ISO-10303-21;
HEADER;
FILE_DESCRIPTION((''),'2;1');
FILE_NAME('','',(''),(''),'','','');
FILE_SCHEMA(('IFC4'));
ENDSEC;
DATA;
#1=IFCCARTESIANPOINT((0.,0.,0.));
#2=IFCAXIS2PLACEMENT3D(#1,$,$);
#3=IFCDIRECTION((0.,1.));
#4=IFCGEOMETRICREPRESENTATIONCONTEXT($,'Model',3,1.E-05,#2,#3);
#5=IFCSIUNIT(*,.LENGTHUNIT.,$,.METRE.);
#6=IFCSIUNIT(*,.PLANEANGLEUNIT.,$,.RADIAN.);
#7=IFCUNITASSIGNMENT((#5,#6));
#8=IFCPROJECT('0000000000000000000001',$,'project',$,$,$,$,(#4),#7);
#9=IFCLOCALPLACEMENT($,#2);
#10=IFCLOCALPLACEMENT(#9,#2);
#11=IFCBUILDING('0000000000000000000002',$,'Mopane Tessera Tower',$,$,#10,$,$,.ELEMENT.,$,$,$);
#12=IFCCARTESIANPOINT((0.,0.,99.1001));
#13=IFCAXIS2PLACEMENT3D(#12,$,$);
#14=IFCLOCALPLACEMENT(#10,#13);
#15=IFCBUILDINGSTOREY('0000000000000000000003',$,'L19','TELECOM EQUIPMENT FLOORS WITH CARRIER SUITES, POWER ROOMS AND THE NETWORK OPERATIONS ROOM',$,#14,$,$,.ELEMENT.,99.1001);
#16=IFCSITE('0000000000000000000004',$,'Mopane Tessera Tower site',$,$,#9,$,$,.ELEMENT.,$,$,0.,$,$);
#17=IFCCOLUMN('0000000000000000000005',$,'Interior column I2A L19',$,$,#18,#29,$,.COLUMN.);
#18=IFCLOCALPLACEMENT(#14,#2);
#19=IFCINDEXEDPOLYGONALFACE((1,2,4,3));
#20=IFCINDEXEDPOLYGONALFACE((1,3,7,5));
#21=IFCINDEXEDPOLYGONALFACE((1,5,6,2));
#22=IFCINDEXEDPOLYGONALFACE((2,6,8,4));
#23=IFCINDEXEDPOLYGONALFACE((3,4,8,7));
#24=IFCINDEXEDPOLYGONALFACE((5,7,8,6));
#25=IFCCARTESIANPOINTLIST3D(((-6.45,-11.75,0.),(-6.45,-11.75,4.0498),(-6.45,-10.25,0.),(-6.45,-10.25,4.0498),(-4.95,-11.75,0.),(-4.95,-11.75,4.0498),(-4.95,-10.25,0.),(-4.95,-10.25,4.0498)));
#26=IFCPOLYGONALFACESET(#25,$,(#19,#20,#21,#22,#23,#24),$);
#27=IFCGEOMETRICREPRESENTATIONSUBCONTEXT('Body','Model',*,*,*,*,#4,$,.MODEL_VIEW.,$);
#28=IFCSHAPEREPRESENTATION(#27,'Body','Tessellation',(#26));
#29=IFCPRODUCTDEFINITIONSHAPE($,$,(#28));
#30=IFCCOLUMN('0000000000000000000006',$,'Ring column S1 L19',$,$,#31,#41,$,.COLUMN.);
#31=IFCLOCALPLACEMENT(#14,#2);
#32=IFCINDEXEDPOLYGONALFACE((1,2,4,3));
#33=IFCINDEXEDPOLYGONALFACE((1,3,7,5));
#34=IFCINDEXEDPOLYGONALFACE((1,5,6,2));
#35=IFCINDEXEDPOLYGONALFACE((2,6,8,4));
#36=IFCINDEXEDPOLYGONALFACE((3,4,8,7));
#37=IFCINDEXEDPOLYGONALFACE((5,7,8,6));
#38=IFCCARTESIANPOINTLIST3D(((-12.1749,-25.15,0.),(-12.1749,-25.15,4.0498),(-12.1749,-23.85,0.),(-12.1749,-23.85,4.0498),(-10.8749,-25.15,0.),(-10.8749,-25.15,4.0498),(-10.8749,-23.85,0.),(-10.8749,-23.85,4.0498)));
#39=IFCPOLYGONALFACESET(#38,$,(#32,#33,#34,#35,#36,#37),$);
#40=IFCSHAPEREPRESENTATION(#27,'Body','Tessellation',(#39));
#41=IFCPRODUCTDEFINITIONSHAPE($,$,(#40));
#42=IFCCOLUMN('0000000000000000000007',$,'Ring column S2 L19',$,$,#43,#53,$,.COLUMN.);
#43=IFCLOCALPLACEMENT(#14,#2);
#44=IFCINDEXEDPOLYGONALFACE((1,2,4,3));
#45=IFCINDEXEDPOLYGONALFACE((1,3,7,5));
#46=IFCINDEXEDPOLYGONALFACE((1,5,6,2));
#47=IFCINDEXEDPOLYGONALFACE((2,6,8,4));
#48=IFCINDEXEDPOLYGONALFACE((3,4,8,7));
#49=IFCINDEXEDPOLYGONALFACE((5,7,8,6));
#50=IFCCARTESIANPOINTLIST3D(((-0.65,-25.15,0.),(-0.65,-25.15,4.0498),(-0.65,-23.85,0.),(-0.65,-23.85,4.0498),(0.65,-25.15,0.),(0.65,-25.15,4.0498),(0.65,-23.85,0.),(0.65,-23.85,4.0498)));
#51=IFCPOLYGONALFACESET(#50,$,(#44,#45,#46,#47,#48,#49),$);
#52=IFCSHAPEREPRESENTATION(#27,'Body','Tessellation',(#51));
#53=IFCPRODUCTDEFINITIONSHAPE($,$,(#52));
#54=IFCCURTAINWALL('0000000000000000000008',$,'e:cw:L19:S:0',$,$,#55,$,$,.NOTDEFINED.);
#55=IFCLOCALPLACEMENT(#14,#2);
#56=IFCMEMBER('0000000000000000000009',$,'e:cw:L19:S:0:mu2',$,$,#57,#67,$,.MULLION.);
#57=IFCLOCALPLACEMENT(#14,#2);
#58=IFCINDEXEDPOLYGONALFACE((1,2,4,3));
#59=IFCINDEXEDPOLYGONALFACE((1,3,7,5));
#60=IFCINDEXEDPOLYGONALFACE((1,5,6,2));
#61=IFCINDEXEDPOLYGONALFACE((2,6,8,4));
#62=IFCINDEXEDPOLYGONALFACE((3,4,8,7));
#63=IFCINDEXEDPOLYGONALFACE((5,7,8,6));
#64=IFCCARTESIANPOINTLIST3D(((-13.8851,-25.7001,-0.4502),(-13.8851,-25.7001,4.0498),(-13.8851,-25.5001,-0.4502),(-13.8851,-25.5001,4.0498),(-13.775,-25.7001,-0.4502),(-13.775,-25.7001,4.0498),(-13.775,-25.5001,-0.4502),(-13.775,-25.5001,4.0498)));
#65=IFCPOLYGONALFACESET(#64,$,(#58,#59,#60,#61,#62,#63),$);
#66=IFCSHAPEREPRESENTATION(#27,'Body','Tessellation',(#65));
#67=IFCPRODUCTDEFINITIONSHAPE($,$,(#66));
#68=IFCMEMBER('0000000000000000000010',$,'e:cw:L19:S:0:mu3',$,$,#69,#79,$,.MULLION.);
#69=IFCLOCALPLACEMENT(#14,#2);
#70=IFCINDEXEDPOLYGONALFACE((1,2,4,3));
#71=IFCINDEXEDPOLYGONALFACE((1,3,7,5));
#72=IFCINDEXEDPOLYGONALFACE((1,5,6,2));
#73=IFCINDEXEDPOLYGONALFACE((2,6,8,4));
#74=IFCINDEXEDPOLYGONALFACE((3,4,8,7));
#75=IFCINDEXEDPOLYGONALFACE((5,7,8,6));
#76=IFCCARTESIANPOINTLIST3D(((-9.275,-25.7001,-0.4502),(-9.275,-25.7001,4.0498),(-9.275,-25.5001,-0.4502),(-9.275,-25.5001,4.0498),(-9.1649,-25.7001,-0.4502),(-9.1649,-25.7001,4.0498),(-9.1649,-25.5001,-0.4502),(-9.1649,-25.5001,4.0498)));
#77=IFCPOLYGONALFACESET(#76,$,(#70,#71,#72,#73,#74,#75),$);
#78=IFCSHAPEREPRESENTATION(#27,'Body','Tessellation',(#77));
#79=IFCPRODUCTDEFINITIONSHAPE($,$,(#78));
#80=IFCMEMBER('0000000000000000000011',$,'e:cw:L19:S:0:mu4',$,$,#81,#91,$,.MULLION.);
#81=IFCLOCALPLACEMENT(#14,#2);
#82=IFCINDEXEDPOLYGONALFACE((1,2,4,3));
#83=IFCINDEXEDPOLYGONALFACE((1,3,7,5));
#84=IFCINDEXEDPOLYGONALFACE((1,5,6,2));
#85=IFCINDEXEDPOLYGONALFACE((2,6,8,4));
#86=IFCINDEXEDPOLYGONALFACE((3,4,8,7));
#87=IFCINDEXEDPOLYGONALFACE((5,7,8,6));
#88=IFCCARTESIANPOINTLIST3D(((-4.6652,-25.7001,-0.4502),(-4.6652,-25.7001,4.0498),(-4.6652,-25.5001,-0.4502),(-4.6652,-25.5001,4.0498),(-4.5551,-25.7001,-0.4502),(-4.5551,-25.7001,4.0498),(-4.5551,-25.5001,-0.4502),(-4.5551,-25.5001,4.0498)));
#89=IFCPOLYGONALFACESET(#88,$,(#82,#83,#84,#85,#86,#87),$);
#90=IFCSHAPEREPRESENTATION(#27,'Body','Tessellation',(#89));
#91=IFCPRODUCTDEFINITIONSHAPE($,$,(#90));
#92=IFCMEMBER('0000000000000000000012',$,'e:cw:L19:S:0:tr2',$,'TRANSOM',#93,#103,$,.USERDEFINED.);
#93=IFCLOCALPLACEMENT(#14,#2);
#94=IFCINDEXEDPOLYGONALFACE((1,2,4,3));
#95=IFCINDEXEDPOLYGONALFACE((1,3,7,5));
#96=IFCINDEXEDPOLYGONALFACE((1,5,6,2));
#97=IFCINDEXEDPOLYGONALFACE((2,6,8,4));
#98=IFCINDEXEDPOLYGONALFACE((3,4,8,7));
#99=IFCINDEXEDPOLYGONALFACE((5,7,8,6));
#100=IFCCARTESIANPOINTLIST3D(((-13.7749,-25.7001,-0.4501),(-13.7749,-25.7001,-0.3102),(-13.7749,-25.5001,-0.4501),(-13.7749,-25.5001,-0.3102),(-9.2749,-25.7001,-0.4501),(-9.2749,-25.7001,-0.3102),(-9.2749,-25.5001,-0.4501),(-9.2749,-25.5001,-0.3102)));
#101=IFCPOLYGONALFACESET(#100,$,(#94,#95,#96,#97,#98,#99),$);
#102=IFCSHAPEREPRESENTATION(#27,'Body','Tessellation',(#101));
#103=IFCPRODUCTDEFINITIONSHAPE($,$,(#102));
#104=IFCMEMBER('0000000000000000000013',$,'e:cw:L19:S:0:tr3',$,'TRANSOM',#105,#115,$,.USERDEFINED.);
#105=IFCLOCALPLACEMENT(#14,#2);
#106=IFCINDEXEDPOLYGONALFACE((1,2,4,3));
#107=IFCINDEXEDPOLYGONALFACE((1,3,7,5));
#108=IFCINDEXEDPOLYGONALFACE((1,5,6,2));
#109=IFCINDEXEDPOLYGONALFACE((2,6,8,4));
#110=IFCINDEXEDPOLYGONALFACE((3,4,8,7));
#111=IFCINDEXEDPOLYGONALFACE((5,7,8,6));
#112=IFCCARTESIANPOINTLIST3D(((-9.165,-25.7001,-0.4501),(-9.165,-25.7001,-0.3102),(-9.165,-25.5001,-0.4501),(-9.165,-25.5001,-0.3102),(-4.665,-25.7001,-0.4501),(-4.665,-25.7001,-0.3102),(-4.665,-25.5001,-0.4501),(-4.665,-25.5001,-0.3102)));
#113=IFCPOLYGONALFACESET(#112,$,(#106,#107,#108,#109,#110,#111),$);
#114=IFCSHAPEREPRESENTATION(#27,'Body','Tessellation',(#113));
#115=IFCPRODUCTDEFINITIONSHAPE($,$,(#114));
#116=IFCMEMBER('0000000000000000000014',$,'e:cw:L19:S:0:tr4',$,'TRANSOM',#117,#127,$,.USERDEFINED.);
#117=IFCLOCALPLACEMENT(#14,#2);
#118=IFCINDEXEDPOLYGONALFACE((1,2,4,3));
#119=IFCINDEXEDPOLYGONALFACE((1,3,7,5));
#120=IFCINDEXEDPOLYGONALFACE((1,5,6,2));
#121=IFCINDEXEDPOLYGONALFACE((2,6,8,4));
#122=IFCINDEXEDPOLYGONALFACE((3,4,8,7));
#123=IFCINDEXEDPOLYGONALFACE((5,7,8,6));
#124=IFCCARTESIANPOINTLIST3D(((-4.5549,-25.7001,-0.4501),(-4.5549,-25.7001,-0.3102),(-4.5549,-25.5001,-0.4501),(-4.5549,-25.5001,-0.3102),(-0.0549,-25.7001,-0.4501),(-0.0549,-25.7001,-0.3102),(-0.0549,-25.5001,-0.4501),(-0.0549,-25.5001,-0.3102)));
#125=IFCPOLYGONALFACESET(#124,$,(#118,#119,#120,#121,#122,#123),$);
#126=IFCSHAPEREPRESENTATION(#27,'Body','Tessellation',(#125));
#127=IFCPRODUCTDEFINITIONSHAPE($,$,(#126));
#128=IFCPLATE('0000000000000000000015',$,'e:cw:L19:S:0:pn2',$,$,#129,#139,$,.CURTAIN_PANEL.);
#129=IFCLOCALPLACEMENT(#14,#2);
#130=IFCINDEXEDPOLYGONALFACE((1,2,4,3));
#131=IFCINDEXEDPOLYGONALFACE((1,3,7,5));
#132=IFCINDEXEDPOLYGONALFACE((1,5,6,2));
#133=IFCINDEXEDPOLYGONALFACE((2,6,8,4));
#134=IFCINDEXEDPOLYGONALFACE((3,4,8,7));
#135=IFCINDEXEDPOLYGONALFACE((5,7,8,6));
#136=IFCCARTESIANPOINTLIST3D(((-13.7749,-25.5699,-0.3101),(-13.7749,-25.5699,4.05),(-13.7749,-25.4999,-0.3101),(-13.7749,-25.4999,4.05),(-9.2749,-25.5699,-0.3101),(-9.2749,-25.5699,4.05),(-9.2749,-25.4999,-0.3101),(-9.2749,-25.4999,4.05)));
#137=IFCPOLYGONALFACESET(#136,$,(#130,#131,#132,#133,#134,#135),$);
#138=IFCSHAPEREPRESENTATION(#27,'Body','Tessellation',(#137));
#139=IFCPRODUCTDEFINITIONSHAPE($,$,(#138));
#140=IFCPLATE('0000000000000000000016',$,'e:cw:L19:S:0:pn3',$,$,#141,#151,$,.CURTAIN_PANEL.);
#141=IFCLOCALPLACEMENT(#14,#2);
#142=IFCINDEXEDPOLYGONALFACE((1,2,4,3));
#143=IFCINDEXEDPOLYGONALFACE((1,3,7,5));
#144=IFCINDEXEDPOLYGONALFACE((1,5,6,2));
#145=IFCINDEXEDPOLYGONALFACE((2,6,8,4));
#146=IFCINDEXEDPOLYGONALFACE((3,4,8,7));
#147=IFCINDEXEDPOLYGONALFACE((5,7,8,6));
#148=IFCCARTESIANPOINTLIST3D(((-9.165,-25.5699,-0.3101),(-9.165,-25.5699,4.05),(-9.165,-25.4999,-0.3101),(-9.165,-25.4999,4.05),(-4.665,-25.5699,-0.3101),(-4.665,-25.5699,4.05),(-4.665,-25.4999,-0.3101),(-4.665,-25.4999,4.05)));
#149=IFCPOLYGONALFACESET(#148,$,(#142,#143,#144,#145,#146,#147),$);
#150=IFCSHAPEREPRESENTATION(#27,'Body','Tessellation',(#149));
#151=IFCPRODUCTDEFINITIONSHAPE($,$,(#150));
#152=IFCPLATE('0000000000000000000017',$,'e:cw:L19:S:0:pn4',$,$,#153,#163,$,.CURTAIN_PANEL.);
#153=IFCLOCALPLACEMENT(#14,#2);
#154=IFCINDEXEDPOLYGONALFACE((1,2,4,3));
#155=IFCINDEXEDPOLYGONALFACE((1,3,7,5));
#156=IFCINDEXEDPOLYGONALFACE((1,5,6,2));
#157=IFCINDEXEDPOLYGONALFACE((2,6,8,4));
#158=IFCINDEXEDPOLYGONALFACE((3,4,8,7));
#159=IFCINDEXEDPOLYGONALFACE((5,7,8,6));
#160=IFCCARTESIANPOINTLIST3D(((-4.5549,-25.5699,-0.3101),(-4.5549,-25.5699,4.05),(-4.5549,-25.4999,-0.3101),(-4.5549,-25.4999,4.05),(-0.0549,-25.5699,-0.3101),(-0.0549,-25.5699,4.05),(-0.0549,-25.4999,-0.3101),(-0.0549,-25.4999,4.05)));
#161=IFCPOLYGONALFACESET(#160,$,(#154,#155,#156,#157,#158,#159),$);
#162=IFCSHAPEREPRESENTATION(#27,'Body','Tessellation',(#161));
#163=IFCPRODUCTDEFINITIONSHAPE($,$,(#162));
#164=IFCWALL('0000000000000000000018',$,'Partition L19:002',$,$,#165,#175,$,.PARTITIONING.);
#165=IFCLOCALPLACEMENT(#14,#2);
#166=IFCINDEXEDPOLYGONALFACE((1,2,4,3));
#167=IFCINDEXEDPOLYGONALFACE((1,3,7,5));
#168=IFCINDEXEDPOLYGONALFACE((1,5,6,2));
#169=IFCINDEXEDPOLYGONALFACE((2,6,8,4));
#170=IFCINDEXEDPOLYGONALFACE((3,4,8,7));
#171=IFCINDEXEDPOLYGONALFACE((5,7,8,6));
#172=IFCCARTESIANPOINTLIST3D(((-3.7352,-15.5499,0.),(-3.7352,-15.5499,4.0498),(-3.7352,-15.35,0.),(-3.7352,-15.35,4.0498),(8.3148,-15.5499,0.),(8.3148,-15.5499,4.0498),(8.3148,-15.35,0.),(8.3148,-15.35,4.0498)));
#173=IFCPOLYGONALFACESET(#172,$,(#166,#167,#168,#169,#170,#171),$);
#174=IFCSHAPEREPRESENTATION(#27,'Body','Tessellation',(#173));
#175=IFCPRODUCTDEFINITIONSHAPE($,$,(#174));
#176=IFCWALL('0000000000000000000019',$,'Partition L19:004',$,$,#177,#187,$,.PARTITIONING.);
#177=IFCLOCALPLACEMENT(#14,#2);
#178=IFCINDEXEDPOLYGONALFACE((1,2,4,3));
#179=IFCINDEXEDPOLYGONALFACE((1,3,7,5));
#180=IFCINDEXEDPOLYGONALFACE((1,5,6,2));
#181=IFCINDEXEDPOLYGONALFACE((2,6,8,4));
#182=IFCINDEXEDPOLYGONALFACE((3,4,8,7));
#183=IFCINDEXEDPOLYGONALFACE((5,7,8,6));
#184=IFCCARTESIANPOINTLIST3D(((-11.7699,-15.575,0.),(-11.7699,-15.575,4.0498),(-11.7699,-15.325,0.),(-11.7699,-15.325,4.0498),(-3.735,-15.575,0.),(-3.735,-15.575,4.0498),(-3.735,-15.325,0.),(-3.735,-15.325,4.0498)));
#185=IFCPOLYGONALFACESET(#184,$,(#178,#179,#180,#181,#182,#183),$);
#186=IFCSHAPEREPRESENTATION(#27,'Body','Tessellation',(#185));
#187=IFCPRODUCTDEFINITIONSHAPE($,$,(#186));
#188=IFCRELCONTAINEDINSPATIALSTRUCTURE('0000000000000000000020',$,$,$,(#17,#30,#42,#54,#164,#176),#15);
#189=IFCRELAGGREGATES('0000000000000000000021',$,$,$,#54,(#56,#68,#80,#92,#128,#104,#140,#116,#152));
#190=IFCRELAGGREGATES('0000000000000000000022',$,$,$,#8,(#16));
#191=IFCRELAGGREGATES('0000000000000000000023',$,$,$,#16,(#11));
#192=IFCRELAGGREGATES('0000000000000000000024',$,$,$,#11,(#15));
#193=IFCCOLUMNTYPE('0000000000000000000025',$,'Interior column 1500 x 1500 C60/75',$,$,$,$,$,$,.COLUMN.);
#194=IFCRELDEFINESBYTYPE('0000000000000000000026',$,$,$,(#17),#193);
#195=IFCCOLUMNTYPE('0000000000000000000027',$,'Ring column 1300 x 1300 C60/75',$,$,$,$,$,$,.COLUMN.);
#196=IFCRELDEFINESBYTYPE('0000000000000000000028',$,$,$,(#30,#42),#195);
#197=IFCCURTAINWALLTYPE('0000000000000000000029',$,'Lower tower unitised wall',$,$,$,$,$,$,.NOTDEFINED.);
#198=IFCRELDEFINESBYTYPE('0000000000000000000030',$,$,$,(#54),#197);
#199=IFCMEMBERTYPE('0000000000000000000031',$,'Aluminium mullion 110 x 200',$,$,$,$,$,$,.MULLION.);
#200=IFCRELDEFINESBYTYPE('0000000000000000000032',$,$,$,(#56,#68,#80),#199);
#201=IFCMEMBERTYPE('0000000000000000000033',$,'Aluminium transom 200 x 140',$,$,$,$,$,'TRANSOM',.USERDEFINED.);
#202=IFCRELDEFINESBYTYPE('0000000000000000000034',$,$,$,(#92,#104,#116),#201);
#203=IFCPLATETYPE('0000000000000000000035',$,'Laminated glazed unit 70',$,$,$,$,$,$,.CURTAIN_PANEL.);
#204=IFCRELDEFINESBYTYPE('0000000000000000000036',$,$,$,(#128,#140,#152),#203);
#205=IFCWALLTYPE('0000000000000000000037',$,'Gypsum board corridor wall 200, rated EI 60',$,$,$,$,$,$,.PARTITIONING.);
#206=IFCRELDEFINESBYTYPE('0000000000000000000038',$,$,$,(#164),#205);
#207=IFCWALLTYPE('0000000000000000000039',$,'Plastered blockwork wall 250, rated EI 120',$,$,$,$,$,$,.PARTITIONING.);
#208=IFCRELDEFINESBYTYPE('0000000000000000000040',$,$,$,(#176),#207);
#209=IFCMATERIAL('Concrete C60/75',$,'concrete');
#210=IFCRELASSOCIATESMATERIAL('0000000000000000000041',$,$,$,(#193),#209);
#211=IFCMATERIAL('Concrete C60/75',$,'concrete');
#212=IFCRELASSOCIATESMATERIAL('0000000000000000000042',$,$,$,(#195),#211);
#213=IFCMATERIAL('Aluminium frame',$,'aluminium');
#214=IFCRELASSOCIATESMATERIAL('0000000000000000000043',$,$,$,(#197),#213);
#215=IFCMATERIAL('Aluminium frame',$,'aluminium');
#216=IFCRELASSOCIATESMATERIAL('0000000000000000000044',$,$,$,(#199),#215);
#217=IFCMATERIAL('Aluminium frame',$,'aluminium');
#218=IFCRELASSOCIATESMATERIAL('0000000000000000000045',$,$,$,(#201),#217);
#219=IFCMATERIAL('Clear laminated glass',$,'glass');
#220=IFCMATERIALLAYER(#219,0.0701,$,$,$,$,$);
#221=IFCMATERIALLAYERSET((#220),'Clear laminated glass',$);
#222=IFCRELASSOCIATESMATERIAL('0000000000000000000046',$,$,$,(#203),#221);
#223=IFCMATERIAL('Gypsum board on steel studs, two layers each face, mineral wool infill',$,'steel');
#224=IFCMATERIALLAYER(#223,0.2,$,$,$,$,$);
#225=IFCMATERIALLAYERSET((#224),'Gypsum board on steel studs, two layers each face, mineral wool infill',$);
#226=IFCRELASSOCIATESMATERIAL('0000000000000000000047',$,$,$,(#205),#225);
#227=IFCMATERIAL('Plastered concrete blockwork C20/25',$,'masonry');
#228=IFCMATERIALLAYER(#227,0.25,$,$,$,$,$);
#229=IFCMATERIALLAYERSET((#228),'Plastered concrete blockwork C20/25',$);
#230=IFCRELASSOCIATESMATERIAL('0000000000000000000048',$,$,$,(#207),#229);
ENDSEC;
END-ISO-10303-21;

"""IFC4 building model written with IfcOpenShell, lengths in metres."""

from ifc_helpers import new_model, si_unit, direction, frame, frame_2d, origin, origin_2d, place, context, subcontext, project, spatial, rectangle, extrude, material, layer, layer_set, material_profile, profile_set, type_object, element, aggregate, save


model = new_model("IFC4")

# Units and contexts
model_context = context("Model", 3, precision=1e-05, world=origin(), true_north=direction((0.0, 1.0)))
body_context = subcontext(model_context, "Body", "Model", "MODEL_VIEW")
ifc_project = project(units=[si_unit("LENGTHUNIT", "METRE"), si_unit("PLANEANGLEUNIT", "RADIAN")], contexts=[model_context])

# Site, building, storey
site_placement = place(None, origin())
site = spatial("IfcSite", under=ifc_project, at=site_placement, Name="Mopane Tessera Tower site", CompositionType="ELEMENT", RefElevation=0.0)
building_placement = place(site_placement, origin())
building = spatial("IfcBuilding", under=site, at=building_placement, Name="Mopane Tessera Tower", CompositionType="ELEMENT")
storey_placement = place(building_placement, frame((0.0, 0.0, 99.1001)))
storey = spatial("IfcBuildingStorey", under=building, at=storey_placement, Name="L19", Description="TELECOM EQUIPMENT FLOORS WITH CARRIER SUITES, POWER ROOMS AND THE NETWORK OPERATIONS ROOM", CompositionType="ELEMENT", Elevation=99.1001)

# Columns
ifc_material_1 = material(Name="Concrete C60/75", Category="concrete")
ifc_material_profile_1 = material_profile(ifc_material_1, rectangle(XDim=1.5, YDim=1.5, at=origin_2d()))
ifc_profile_set_1 = profile_set([ifc_material_profile_1], Name="Concrete C60/75")
column_type_1 = type_object("IfcColumnType", Name="Interior column 1500 x 1500 C60/75", PredefinedType="COLUMN", material=ifc_profile_set_1)
column_placement = place(storey_placement, frame((-5.7, -11.0, 0.0), z_axis=(0.0, 0.0, 1.0), x_axis=(1.0, 0.0, 0.0)))
element("IfcColumn", 1, at=column_placement, inside=storey, type_object=column_type_1, Name="Interior column I2A L19", PredefinedType="COLUMN", context=body_context, shape_type="SweptSolid", body=[
    extrude(rectangle(XDim=1.5, YDim=1.5, at=origin_2d()), origin(), (0.0, 0.0, 1.0), 4.0498),
])
ifc_material_2 = material(Name="Concrete C60/75", Category="concrete")
ifc_material_profile_2 = material_profile(ifc_material_2, rectangle(XDim=1.3, YDim=1.3, at=origin_2d()))
ifc_profile_set_2 = profile_set([ifc_material_profile_2], Name="Concrete C60/75")
column_type_2 = type_object("IfcColumnType", Name="Ring column 1300 x 1300 C60/75", PredefinedType="COLUMN", material=ifc_profile_set_2)
for number, where, z_axis, x_axis, name in (
    (2, (-11.5249, -24.5, 0.0), (0.0, 0.0, 1.0), (1.0, 0.0, 0.0), "Ring column S1 L19"),
    (3, (0.0, -24.5, 0.0), (0.0, 0.0, 1.0), (1.0, 0.0, 0.0), "Ring column S2 L19"),
):
    element("IfcColumn", number, at=place(storey_placement, frame(where, z_axis=z_axis, x_axis=x_axis)), inside=storey, type_object=column_type_2, Name=name, PredefinedType="COLUMN", context=body_context, shape_type="SweptSolid", body=[
        extrude(rectangle(XDim=1.3, YDim=1.3, at=origin_2d()), origin(), (0.0, 0.0, 1.0), 4.0498),
    ])

# Curtain wall, members, plates
ifc_material_3 = material(Name="Aluminium frame", Category="aluminium")
curtain_wall_type = type_object("IfcCurtainWallType", Name="Lower tower unitised wall", PredefinedType="NOTDEFINED", material=ifc_material_3)
curtain_wall_placement = place(storey_placement, origin())
curtain_wall = element("IfcCurtainWall", 4, at=curtain_wall_placement, inside=storey, type_object=curtain_wall_type, Name="e:cw:L19:S:0", PredefinedType="NOTDEFINED")
ifc_material_4 = material(Name="Aluminium frame", Category="aluminium")
ifc_material_profile_3 = material_profile(ifc_material_4, rectangle(XDim=0.1101, YDim=0.2, at=origin_2d()))
ifc_profile_set_3 = profile_set([ifc_material_profile_3], Name="Aluminium frame")
member_type_1 = type_object("IfcMemberType", Name="Aluminium mullion 110 x 200", PredefinedType="MULLION", material=ifc_profile_set_3)
member_1_placement = place(storey_placement, frame((-13.8301, -25.6001, -0.4502), z_axis=(0.0, 0.0, 1.0), x_axis=(1.0, 0.0, 0.0)))
member_1 = element("IfcMember", 5, at=member_1_placement, type_object=member_type_1, Name="e:cw:L19:S:0:mu2", PredefinedType="MULLION", context=body_context, shape_type="SweptSolid", body=[
    extrude(rectangle(XDim=0.1101, YDim=0.2, at=origin_2d()), origin(), (0.0, 0.0, 1.0), 4.5),
])
member_2_placement = place(storey_placement, frame((-9.22, -25.6001, -0.4502), z_axis=(0.0, 0.0, 1.0), x_axis=(1.0, 0.0, 0.0)))
member_2 = element("IfcMember", 6, at=member_2_placement, type_object=member_type_1, Name="e:cw:L19:S:0:mu3", PredefinedType="MULLION", context=body_context, shape_type="SweptSolid", body=[
    extrude(rectangle(XDim=0.1101, YDim=0.2, at=origin_2d()), origin(), (0.0, 0.0, 1.0), 4.5),
])
member_3_placement = place(storey_placement, frame((-4.6101, -25.6001, -0.4502), z_axis=(0.0, 0.0, 1.0), x_axis=(1.0, 0.0, 0.0)))
member_3 = element("IfcMember", 7, at=member_3_placement, type_object=member_type_1, Name="e:cw:L19:S:0:mu4", PredefinedType="MULLION", context=body_context, shape_type="SweptSolid", body=[
    extrude(rectangle(XDim=0.1101, YDim=0.2, at=origin_2d()), origin(), (0.0, 0.0, 1.0), 4.5),
])
ifc_material_5 = material(Name="Aluminium frame", Category="aluminium")
ifc_material_profile_4 = material_profile(ifc_material_5, rectangle(XDim=0.2, YDim=0.1399, at=origin_2d()))
ifc_profile_set_4 = profile_set([ifc_material_profile_4], Name="Aluminium frame")
member_type_2 = type_object("IfcMemberType", Name="Aluminium transom 200 x 140", ElementType="TRANSOM", PredefinedType="USERDEFINED", material=ifc_profile_set_4)
member_4_placement = place(storey_placement, frame((-13.7749, -25.6001, -0.3801), z_axis=(1.0, 0.0, 0.0), x_axis=(0.0, 1.0, 0.0)))
member_4 = element("IfcMember", 8, at=member_4_placement, type_object=member_type_2, Name="e:cw:L19:S:0:tr2", ObjectType="TRANSOM", PredefinedType="USERDEFINED", context=body_context, shape_type="SweptSolid", body=[
    extrude(rectangle(XDim=0.2, YDim=0.1399, at=origin_2d()), origin(), (0.0, 0.0, 1.0), 4.5),
])
member_5_placement = place(storey_placement, frame((-9.165, -25.6001, -0.3801), z_axis=(1.0, 0.0, 0.0), x_axis=(0.0, 1.0, 0.0)))
member_5 = element("IfcMember", 9, at=member_5_placement, type_object=member_type_2, Name="e:cw:L19:S:0:tr3", ObjectType="TRANSOM", PredefinedType="USERDEFINED", context=body_context, shape_type="SweptSolid", body=[
    extrude(rectangle(XDim=0.2, YDim=0.1399, at=origin_2d()), origin(), (0.0, 0.0, 1.0), 4.5),
])
member_6_placement = place(storey_placement, frame((-4.5549, -25.6001, -0.3801), z_axis=(1.0, 0.0, 0.0), x_axis=(0.0, 1.0, 0.0)))
member_6 = element("IfcMember", 10, at=member_6_placement, type_object=member_type_2, Name="e:cw:L19:S:0:tr4", ObjectType="TRANSOM", PredefinedType="USERDEFINED", context=body_context, shape_type="SweptSolid", body=[
    extrude(rectangle(XDim=0.2, YDim=0.1399, at=origin_2d()), origin(), (0.0, 0.0, 1.0), 4.5),
])
ifc_material_6 = material(Name="Clear laminated glass", Category="glass")
ifc_layer_1 = layer(ifc_material_6, 0.0701)
ifc_layer_set_1 = layer_set([ifc_layer_1], Name="Clear laminated glass")
plate_type = type_object("IfcPlateType", Name="Laminated glazed unit 70", PredefinedType="CURTAIN_PANEL", material=ifc_layer_set_1)
plate_1_placement = place(storey_placement, frame((-11.5249, -25.5349, -0.3101), z_axis=(0.0, 0.0, 1.0), x_axis=(1.0, 0.0, 0.0)))
plate_1 = element("IfcPlate", 11, at=plate_1_placement, type_object=plate_type, Name="e:cw:L19:S:0:pn2", PredefinedType="CURTAIN_PANEL", context=body_context, shape_type="SweptSolid", body=[
    extrude(rectangle(XDim=4.5, YDim=0.0701, at=origin_2d()), origin(), (0.0, 0.0, 1.0), 4.3601),
])
plate_2_placement = place(storey_placement, frame((-6.915, -25.5349, -0.3101), z_axis=(0.0, 0.0, 1.0), x_axis=(1.0, 0.0, 0.0)))
plate_2 = element("IfcPlate", 12, at=plate_2_placement, type_object=plate_type, Name="e:cw:L19:S:0:pn3", PredefinedType="CURTAIN_PANEL", context=body_context, shape_type="SweptSolid", body=[
    extrude(rectangle(XDim=4.5, YDim=0.0701, at=origin_2d()), origin(), (0.0, 0.0, 1.0), 4.3601),
])
plate_3_placement = place(storey_placement, frame((-2.3049, -25.5349, -0.3101), z_axis=(0.0, 0.0, 1.0), x_axis=(1.0, 0.0, 0.0)))
plate_3 = element("IfcPlate", 13, at=plate_3_placement, type_object=plate_type, Name="e:cw:L19:S:0:pn4", PredefinedType="CURTAIN_PANEL", context=body_context, shape_type="SweptSolid", body=[
    extrude(rectangle(XDim=4.5, YDim=0.0701, at=origin_2d()), origin(), (0.0, 0.0, 1.0), 4.3601),
])
aggregate(curtain_wall, [member_1, member_2, member_3, member_4, plate_1, member_5, plate_2, member_6, plate_3])

# Walls
ifc_material_7 = material(Name="Gypsum board on steel studs, two layers each face, mineral wool infill", Category="steel")
ifc_layer_2 = layer(ifc_material_7, 0.2)
ifc_layer_set_2 = layer_set([ifc_layer_2], Name="Gypsum board on steel studs, two layers each face, mineral wool infill")
wall_type_1 = type_object("IfcWallType", Name="Gypsum board corridor wall 200, rated EI 60", PredefinedType="PARTITIONING", material=ifc_layer_set_2)
wall_1_placement = place(storey_placement, frame((-3.7351, -15.45, 0.0), z_axis=(0.0, 0.0, 1.0), x_axis=(1.0, 0.0, 0.0)))
element("IfcWall", 14, at=wall_1_placement, inside=storey, type_object=wall_type_1, Name="Partition L19:002", PredefinedType="PARTITIONING", context=body_context, shape_type="SweptSolid", body=[
    extrude(rectangle(XDim=12.05, YDim=0.2, at=frame_2d((6.0249, 0.0))), origin(), (0.0, 0.0, 1.0), 4.0498),
])
ifc_material_8 = material(Name="Plastered concrete blockwork C20/25", Category="masonry")
ifc_layer_3 = layer(ifc_material_8, 0.25)
ifc_layer_set_3 = layer_set([ifc_layer_3], Name="Plastered concrete blockwork C20/25")
wall_type_2 = type_object("IfcWallType", Name="Plastered blockwork wall 250, rated EI 120", PredefinedType="PARTITIONING", material=ifc_layer_set_3)
wall_2_placement = place(storey_placement, frame((-11.77, -15.45, 0.0), z_axis=(0.0, 0.0, 1.0), x_axis=(1.0, 0.0, 0.0)))
element("IfcWall", 15, at=wall_2_placement, inside=storey, type_object=wall_type_2, Name="Partition L19:004", PredefinedType="PARTITIONING", context=body_context, shape_type="SweptSolid", body=[
    extrude(rectangle(XDim=8.0349, YDim=0.25, at=frame_2d((4.0176, 0.0))), origin(), (0.0, 0.0, 1.0), 4.0498),
])

save(model, "model.ifc")
